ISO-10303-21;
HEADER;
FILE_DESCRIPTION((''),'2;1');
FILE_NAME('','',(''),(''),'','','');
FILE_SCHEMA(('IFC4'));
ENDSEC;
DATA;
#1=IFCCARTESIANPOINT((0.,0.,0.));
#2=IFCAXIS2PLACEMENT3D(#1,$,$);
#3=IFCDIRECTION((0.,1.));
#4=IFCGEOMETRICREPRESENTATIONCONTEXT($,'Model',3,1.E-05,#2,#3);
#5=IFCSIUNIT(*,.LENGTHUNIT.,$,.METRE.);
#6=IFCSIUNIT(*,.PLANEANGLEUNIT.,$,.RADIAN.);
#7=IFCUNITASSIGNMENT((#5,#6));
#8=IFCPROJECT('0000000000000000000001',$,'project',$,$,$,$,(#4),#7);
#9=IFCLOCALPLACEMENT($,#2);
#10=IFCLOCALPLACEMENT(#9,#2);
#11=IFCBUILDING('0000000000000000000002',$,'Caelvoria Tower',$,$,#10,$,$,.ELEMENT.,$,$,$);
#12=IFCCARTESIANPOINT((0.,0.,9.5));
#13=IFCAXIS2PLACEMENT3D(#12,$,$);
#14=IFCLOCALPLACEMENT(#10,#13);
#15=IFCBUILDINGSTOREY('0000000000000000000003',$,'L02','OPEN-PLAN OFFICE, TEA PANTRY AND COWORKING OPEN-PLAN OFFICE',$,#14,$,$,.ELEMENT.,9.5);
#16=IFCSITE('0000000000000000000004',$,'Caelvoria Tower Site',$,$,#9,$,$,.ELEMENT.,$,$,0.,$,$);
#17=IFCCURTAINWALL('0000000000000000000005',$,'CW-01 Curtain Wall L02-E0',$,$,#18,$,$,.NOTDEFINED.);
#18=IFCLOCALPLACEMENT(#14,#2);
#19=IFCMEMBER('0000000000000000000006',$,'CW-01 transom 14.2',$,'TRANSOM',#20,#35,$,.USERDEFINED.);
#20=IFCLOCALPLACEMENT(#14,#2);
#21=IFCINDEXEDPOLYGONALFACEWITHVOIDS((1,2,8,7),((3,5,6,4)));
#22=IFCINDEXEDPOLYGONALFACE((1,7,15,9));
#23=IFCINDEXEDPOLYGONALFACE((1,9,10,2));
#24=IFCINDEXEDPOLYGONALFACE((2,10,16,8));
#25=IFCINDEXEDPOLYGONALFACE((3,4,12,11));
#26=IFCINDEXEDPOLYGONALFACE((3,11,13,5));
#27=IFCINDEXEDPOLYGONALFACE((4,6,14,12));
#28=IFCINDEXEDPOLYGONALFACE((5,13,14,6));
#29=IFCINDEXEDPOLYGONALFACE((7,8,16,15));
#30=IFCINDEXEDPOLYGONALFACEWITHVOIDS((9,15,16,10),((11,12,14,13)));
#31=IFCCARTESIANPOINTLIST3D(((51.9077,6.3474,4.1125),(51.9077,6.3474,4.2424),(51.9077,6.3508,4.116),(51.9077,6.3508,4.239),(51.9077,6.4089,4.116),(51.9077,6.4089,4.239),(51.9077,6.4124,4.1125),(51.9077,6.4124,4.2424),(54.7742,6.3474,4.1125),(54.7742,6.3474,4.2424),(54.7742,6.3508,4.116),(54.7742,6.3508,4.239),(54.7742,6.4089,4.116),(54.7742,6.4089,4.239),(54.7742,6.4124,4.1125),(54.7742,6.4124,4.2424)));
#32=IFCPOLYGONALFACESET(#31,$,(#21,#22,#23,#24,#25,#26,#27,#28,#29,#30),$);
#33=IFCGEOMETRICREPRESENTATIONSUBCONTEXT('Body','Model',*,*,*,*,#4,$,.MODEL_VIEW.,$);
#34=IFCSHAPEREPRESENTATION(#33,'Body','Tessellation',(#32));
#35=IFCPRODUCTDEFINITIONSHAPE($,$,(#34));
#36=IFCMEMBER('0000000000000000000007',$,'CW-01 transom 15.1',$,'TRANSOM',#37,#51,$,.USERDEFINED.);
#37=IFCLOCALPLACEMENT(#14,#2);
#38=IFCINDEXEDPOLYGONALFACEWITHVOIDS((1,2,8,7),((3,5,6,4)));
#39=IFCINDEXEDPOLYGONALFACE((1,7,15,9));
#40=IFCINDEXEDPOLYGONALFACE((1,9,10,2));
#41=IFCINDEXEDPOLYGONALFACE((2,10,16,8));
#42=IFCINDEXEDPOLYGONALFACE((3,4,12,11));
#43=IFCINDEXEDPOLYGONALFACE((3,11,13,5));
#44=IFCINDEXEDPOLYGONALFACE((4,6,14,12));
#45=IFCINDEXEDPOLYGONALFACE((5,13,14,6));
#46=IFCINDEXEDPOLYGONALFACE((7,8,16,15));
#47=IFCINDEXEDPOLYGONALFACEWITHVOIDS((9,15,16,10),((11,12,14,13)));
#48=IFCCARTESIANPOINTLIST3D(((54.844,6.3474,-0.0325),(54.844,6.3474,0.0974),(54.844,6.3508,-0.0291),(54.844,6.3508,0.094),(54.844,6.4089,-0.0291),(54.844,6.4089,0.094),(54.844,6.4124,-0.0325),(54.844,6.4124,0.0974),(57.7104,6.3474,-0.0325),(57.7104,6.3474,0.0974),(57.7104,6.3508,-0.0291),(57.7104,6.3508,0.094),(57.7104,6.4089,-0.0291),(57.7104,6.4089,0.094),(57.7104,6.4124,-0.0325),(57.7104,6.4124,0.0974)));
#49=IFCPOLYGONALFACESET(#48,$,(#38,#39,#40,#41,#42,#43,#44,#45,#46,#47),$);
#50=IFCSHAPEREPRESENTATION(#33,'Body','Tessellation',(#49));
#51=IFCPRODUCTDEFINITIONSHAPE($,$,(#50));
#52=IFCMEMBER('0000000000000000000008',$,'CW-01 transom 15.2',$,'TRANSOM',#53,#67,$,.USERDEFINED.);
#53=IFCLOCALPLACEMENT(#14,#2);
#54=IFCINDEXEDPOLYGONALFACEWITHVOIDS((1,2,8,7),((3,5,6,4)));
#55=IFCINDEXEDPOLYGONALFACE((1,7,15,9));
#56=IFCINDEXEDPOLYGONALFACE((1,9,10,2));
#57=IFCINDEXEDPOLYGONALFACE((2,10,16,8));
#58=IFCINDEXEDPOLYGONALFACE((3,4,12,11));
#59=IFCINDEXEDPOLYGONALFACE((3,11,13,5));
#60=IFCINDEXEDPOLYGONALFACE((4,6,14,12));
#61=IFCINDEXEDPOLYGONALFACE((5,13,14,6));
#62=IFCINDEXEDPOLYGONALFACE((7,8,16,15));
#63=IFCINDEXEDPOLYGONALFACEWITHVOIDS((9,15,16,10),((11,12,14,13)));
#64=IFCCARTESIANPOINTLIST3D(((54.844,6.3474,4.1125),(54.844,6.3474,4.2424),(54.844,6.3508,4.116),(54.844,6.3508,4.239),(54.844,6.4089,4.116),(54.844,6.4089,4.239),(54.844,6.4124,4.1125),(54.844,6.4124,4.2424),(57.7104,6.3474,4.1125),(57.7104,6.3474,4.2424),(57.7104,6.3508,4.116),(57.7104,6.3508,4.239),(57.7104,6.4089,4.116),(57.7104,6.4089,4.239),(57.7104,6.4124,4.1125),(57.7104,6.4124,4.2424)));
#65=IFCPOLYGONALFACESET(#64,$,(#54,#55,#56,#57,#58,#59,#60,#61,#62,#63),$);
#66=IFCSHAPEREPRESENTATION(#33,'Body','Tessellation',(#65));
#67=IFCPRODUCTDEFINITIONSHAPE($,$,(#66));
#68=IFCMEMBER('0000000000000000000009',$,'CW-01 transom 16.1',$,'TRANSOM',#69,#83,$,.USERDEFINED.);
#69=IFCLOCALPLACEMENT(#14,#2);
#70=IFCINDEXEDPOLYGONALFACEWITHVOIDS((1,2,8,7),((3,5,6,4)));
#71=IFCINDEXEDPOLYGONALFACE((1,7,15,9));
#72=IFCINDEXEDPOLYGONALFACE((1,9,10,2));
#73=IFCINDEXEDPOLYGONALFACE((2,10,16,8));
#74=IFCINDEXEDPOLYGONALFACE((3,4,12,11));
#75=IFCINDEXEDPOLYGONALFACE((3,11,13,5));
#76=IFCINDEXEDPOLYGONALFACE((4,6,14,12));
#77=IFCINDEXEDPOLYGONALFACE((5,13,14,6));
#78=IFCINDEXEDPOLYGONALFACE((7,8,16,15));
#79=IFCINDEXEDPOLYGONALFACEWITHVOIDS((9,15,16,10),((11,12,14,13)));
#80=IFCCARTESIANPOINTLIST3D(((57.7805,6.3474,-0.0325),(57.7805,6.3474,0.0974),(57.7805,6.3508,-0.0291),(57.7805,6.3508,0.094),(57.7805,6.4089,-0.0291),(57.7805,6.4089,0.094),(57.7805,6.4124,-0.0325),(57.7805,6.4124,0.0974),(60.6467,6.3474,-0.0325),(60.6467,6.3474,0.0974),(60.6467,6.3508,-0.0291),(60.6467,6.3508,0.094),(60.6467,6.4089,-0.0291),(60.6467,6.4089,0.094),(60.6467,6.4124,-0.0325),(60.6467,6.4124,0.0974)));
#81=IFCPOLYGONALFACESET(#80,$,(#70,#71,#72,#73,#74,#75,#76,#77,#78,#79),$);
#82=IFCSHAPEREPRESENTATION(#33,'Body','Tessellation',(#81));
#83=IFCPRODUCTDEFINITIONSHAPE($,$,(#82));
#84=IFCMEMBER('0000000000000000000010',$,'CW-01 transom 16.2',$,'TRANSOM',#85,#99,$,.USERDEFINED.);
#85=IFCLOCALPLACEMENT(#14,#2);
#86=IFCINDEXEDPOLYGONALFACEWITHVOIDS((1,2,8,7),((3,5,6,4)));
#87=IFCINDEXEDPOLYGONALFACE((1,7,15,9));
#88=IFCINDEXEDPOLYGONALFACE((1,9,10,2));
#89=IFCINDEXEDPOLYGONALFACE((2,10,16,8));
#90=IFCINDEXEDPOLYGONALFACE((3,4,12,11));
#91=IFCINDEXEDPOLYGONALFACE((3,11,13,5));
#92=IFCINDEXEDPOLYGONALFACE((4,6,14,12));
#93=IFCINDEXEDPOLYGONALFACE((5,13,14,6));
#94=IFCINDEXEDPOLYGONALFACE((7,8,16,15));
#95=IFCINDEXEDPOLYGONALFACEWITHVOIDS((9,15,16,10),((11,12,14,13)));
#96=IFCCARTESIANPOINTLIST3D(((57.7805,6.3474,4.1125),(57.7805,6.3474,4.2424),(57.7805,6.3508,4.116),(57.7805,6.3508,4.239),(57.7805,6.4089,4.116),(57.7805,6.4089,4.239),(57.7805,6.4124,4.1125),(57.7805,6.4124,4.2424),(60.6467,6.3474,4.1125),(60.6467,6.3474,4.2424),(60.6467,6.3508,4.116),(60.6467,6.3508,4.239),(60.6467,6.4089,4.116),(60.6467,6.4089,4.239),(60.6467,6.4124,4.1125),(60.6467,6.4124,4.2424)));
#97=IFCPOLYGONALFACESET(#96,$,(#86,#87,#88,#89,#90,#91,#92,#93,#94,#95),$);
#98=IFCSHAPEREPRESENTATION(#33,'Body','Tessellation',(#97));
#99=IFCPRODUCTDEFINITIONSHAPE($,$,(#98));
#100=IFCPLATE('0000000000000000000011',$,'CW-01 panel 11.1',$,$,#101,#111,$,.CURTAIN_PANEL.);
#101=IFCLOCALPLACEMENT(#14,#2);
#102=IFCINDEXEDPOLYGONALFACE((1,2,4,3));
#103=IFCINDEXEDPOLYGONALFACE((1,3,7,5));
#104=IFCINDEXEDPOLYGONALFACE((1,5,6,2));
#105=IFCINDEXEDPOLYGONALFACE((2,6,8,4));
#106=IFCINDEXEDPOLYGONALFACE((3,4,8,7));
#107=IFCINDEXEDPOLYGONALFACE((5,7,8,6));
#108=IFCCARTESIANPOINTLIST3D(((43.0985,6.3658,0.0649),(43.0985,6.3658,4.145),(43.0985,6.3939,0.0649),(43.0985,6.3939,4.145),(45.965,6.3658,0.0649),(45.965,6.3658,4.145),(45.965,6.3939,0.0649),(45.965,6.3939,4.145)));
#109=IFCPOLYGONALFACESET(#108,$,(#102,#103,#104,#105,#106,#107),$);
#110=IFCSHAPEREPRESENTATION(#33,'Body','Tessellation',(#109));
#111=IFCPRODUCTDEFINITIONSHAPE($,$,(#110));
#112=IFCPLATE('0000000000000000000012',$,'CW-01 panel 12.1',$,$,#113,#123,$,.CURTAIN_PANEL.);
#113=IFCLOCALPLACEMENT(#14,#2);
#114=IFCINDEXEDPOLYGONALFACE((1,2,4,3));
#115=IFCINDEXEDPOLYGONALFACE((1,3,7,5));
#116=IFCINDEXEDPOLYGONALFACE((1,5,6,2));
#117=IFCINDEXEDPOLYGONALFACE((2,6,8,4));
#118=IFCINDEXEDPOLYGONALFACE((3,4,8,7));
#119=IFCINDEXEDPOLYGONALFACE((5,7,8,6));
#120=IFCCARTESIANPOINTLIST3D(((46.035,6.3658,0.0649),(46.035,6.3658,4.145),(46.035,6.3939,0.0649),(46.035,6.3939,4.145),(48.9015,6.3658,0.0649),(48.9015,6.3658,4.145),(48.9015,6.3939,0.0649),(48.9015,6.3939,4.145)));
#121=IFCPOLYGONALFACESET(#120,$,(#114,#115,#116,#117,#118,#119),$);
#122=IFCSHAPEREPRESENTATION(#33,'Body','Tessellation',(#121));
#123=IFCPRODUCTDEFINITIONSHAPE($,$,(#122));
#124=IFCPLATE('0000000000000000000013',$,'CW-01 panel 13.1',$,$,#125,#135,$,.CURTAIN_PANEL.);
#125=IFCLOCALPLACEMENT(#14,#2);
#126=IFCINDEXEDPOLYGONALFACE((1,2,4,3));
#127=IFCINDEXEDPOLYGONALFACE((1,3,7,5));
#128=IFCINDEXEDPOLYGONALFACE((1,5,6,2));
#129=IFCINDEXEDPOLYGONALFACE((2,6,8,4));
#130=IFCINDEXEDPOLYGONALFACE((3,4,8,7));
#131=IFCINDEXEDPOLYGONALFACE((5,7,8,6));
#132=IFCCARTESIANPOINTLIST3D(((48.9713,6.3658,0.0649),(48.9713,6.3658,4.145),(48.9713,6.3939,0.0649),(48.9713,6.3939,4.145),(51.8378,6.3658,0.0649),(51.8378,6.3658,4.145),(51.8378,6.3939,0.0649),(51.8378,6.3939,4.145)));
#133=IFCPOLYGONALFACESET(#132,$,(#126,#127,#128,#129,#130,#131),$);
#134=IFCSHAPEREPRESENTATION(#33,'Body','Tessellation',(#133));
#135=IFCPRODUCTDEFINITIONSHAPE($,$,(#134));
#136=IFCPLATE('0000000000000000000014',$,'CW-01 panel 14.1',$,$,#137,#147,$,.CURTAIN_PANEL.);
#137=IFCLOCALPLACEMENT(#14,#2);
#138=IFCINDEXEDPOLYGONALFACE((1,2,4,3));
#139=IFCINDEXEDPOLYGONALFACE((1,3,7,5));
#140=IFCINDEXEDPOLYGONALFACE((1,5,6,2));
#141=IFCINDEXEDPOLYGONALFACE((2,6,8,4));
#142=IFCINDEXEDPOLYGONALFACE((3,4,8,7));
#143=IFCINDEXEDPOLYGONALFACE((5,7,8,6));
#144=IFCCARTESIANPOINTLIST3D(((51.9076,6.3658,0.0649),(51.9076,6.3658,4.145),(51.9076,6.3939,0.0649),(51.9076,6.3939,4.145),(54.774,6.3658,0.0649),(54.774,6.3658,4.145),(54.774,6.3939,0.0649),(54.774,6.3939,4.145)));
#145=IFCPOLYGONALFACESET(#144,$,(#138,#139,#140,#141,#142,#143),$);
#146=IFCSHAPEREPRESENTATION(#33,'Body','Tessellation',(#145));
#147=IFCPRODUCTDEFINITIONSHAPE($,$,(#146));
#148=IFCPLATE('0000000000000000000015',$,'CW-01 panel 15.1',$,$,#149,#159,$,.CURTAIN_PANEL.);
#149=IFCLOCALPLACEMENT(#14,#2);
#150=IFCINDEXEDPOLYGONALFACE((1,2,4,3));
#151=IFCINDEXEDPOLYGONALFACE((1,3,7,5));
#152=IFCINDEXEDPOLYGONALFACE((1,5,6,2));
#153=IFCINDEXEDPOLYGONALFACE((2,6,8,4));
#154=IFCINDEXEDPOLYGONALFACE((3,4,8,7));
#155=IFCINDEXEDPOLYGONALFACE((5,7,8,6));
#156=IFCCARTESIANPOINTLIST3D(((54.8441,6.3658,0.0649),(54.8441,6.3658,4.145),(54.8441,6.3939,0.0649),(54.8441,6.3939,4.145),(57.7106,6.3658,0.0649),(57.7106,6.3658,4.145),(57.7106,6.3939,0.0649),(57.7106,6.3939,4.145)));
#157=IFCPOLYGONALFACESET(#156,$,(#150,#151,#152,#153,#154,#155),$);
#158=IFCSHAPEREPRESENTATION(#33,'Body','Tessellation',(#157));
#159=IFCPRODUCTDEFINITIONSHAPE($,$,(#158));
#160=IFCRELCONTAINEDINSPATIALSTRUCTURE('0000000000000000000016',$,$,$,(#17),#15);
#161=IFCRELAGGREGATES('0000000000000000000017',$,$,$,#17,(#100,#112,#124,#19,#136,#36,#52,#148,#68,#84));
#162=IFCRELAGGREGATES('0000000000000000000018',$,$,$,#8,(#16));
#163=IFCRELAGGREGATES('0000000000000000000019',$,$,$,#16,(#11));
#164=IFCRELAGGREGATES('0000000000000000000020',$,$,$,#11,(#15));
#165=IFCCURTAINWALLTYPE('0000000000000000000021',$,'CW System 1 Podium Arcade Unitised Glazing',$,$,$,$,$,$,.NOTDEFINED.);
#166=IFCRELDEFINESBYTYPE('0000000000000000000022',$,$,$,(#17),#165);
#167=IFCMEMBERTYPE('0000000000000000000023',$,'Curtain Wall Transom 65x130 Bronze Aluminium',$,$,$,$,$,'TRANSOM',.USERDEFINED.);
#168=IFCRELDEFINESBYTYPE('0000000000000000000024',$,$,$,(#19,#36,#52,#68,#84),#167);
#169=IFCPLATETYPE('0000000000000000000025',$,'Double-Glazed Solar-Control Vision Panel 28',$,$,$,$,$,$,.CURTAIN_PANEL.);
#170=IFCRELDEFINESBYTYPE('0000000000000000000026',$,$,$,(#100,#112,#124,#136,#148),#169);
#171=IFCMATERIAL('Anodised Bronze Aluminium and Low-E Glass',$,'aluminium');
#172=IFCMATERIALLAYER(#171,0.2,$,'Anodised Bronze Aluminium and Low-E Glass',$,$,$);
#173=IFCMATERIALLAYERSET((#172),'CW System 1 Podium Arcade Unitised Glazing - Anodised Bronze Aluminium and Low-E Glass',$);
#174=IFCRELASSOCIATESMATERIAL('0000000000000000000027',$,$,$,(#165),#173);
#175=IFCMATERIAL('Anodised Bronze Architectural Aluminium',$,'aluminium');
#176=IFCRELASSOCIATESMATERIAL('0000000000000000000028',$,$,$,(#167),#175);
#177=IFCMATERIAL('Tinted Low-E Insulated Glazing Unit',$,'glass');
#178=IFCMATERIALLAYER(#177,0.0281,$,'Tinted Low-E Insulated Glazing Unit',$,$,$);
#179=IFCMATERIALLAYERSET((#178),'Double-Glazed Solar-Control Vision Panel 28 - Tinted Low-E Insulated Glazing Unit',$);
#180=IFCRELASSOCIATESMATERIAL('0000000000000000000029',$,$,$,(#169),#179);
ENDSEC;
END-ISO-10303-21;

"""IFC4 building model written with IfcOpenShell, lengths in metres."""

from ifc_helpers import new_model, si_unit, direction, frame, origin, origin_2d, place, context, subcontext, project, spatial, rectangle, hollow_rectangle, extrude, material, layer, layer_set, material_profile, profile_set, type_object, element, aggregate, save


model = new_model("IFC4")

# Units and contexts
model_context = context("Model", 3, precision=1e-05, world=origin(), true_north=direction((0.0, 1.0)))
body_context = subcontext(model_context, "Body", "Model", "MODEL_VIEW")
ifc_project = project(units=[si_unit("LENGTHUNIT", "METRE"), si_unit("PLANEANGLEUNIT", "RADIAN")], contexts=[model_context])

# Site, building, storey
site_placement = place(None, origin())
site = spatial("IfcSite", under=ifc_project, at=site_placement, Name="Caelvoria Tower Site", CompositionType="ELEMENT", RefElevation=0.0)
building_placement = place(site_placement, origin())
building = spatial("IfcBuilding", under=site, at=building_placement, Name="Caelvoria Tower", CompositionType="ELEMENT")
storey_placement = place(building_placement, frame((0.0, 0.0, 9.5)))
storey = spatial("IfcBuildingStorey", under=building, at=storey_placement, Name="L02", Description="OPEN-PLAN OFFICE, TEA PANTRY AND COWORKING OPEN-PLAN OFFICE", CompositionType="ELEMENT", Elevation=9.5)

# Curtain wall, members, plates
ifc_material_1 = material(Name="Anodised Bronze Aluminium and Low-E Glass", Category="aluminium")
ifc_layer_1 = layer(ifc_material_1, 0.2, Name="Anodised Bronze Aluminium and Low-E Glass")
ifc_layer_set_1 = layer_set([ifc_layer_1], Name="CW System 1 Podium Arcade Unitised Glazing - Anodised Bronze Aluminium and Low-E Glass")
curtain_wall_type = type_object("IfcCurtainWallType", Name="CW System 1 Podium Arcade Unitised Glazing", PredefinedType="NOTDEFINED", material=ifc_layer_set_1)
curtain_wall_placement = place(storey_placement, origin())
curtain_wall = element("IfcCurtainWall", 1, at=curtain_wall_placement, inside=storey, type_object=curtain_wall_type, Name="CW-01 Curtain Wall L02-E0", PredefinedType="NOTDEFINED")
ifc_material_2 = material(Name="Anodised Bronze Architectural Aluminium", Category="aluminium")
ifc_material_profile_1 = material_profile(ifc_material_2, hollow_rectangle(XDim=0.0649, YDim=0.1299, WallThickness=0.0034, at=origin_2d()), Name="Anodised Bronze Architectural Aluminium")
ifc_profile_set_1 = profile_set([ifc_material_profile_1], Name="CW_TRAN_65X130 - Anodised Bronze Architectural Aluminium")
member_type_1 = type_object("IfcMemberType", Name="Curtain Wall Transom 65x130 Bronze Aluminium", ElementType="TRANSOM", PredefinedType="USERDEFINED", material=ifc_profile_set_1)
member_1_placement = place(storey_placement, frame((51.9077, 6.3799, 4.1775), z_axis=(1.0, 0.0, 0.0), x_axis=(0.0, 1.0, 0.0)))
member_1 = element("IfcMember", 2, at=member_1_placement, type_object=member_type_1, Name="CW-01 transom 14.2", ObjectType="TRANSOM", PredefinedType="USERDEFINED", context=body_context, shape_type="SweptSolid", body=[
    extrude(hollow_rectangle(XDim=0.0649, YDim=0.1299, WallThickness=0.0034, at=origin_2d()), origin(), (0.0, 0.0, 1.0), 2.8665),
])
member_2_placement = place(storey_placement, frame((54.844, 6.3799, 0.0325), z_axis=(1.0, 0.0, 0.0), x_axis=(0.0, 1.0, 0.0)))
member_2 = element("IfcMember", 3, at=member_2_placement, type_object=member_type_1, Name="CW-01 transom 15.1", ObjectType="TRANSOM", PredefinedType="USERDEFINED", context=body_context, shape_type="SweptSolid", body=[
    extrude(hollow_rectangle(XDim=0.0649, YDim=0.1299, WallThickness=0.0034, at=origin_2d()), origin(), (0.0, 0.0, 1.0), 2.8665),
])
member_3_placement = place(storey_placement, frame((54.844, 6.3799, 4.1775), z_axis=(1.0, 0.0, 0.0), x_axis=(0.0, 1.0, 0.0)))
member_3 = element("IfcMember", 4, at=member_3_placement, type_object=member_type_1, Name="CW-01 transom 15.2", ObjectType="TRANSOM", PredefinedType="USERDEFINED", context=body_context, shape_type="SweptSolid", body=[
    extrude(hollow_rectangle(XDim=0.0649, YDim=0.1299, WallThickness=0.0034, at=origin_2d()), origin(), (0.0, 0.0, 1.0), 2.8665),
])
member_4_placement = place(storey_placement, frame((57.7805, 6.3799, 0.0325), z_axis=(1.0, 0.0, 0.0), x_axis=(0.0, 1.0, 0.0)))
member_4 = element("IfcMember", 5, at=member_4_placement, type_object=member_type_1, Name="CW-01 transom 16.1", ObjectType="TRANSOM", PredefinedType="USERDEFINED", context=body_context, shape_type="SweptSolid", body=[
    extrude(hollow_rectangle(XDim=0.0649, YDim=0.1299, WallThickness=0.0034, at=origin_2d()), origin(), (0.0, 0.0, 1.0), 2.8662),
])
member_5_placement = place(storey_placement, frame((57.7805, 6.3799, 4.1775), z_axis=(1.0, 0.0, 0.0), x_axis=(0.0, 1.0, 0.0)))
member_5 = element("IfcMember", 6, at=member_5_placement, type_object=member_type_1, Name="CW-01 transom 16.2", ObjectType="TRANSOM", PredefinedType="USERDEFINED", context=body_context, shape_type="SweptSolid", body=[
    extrude(hollow_rectangle(XDim=0.0649, YDim=0.1299, WallThickness=0.0034, at=origin_2d()), origin(), (0.0, 0.0, 1.0), 2.8662),
])
ifc_material_3 = material(Name="Tinted Low-E Insulated Glazing Unit", Category="glass")
ifc_layer_2 = layer(ifc_material_3, 0.0281, Name="Tinted Low-E Insulated Glazing Unit")
ifc_layer_set_2 = layer_set([ifc_layer_2], Name="Double-Glazed Solar-Control Vision Panel 28 - Tinted Low-E Insulated Glazing Unit")
plate_type = type_object("IfcPlateType", Name="Double-Glazed Solar-Control Vision Panel 28", PredefinedType="CURTAIN_PANEL", material=ifc_layer_set_2)
plate_1_placement = place(storey_placement, frame((44.5317, 6.3799, 0.0649), z_axis=(0.0, 0.0, 1.0), x_axis=(1.0, 0.0, 0.0)))
plate_1 = element("IfcPlate", 7, at=plate_1_placement, type_object=plate_type, Name="CW-01 panel 11.1", PredefinedType="CURTAIN_PANEL", context=body_context, shape_type="SweptSolid", body=[
    extrude(rectangle(XDim=2.8665, YDim=0.0281, at=origin_2d()), origin(), (0.0, 0.0, 1.0), 4.0801),
])
plate_2_placement = place(storey_placement, frame((47.4683, 6.3799, 0.0649), z_axis=(0.0, 0.0, 1.0), x_axis=(1.0, 0.0, 0.0)))
plate_2 = element("IfcPlate", 8, at=plate_2_placement, type_object=plate_type, Name="CW-01 panel 12.1", PredefinedType="CURTAIN_PANEL", context=body_context, shape_type="SweptSolid", body=[
    extrude(rectangle(XDim=2.8665, YDim=0.0281, at=origin_2d()), origin(), (0.0, 0.0, 1.0), 4.0801),
])
plate_3_placement = place(storey_placement, frame((50.4045, 6.3799, 0.0649), z_axis=(0.0, 0.0, 1.0), x_axis=(1.0, 0.0, 0.0)))
plate_3 = element("IfcPlate", 9, at=plate_3_placement, type_object=plate_type, Name="CW-01 panel 13.1", PredefinedType="CURTAIN_PANEL", context=body_context, shape_type="SweptSolid", body=[
    extrude(rectangle(XDim=2.8665, YDim=0.0281, at=origin_2d()), origin(), (0.0, 0.0, 1.0), 4.0801),
])
plate_4_placement = place(storey_placement, frame((53.3408, 6.3799, 0.0649), z_axis=(0.0, 0.0, 1.0), x_axis=(1.0, 0.0, 0.0)))
plate_4 = element("IfcPlate", 10, at=plate_4_placement, type_object=plate_type, Name="CW-01 panel 14.1", PredefinedType="CURTAIN_PANEL", context=body_context, shape_type="SweptSolid", body=[
    extrude(rectangle(XDim=2.8665, YDim=0.0281, at=origin_2d()), origin(), (0.0, 0.0, 1.0), 4.0801),
])
plate_5_placement = place(storey_placement, frame((56.2773, 6.3799, 0.0649), z_axis=(0.0, 0.0, 1.0), x_axis=(1.0, 0.0, 0.0)))
plate_5 = element("IfcPlate", 11, at=plate_5_placement, type_object=plate_type, Name="CW-01 panel 15.1", PredefinedType="CURTAIN_PANEL", context=body_context, shape_type="SweptSolid", body=[
    extrude(rectangle(XDim=2.8665, YDim=0.0281, at=origin_2d()), origin(), (0.0, 0.0, 1.0), 4.0801),
])
aggregate(curtain_wall, [plate_1, plate_2, plate_3, member_1, plate_4, member_2, member_3, plate_5, member_4, member_5])

save(model, "model.ifc")
